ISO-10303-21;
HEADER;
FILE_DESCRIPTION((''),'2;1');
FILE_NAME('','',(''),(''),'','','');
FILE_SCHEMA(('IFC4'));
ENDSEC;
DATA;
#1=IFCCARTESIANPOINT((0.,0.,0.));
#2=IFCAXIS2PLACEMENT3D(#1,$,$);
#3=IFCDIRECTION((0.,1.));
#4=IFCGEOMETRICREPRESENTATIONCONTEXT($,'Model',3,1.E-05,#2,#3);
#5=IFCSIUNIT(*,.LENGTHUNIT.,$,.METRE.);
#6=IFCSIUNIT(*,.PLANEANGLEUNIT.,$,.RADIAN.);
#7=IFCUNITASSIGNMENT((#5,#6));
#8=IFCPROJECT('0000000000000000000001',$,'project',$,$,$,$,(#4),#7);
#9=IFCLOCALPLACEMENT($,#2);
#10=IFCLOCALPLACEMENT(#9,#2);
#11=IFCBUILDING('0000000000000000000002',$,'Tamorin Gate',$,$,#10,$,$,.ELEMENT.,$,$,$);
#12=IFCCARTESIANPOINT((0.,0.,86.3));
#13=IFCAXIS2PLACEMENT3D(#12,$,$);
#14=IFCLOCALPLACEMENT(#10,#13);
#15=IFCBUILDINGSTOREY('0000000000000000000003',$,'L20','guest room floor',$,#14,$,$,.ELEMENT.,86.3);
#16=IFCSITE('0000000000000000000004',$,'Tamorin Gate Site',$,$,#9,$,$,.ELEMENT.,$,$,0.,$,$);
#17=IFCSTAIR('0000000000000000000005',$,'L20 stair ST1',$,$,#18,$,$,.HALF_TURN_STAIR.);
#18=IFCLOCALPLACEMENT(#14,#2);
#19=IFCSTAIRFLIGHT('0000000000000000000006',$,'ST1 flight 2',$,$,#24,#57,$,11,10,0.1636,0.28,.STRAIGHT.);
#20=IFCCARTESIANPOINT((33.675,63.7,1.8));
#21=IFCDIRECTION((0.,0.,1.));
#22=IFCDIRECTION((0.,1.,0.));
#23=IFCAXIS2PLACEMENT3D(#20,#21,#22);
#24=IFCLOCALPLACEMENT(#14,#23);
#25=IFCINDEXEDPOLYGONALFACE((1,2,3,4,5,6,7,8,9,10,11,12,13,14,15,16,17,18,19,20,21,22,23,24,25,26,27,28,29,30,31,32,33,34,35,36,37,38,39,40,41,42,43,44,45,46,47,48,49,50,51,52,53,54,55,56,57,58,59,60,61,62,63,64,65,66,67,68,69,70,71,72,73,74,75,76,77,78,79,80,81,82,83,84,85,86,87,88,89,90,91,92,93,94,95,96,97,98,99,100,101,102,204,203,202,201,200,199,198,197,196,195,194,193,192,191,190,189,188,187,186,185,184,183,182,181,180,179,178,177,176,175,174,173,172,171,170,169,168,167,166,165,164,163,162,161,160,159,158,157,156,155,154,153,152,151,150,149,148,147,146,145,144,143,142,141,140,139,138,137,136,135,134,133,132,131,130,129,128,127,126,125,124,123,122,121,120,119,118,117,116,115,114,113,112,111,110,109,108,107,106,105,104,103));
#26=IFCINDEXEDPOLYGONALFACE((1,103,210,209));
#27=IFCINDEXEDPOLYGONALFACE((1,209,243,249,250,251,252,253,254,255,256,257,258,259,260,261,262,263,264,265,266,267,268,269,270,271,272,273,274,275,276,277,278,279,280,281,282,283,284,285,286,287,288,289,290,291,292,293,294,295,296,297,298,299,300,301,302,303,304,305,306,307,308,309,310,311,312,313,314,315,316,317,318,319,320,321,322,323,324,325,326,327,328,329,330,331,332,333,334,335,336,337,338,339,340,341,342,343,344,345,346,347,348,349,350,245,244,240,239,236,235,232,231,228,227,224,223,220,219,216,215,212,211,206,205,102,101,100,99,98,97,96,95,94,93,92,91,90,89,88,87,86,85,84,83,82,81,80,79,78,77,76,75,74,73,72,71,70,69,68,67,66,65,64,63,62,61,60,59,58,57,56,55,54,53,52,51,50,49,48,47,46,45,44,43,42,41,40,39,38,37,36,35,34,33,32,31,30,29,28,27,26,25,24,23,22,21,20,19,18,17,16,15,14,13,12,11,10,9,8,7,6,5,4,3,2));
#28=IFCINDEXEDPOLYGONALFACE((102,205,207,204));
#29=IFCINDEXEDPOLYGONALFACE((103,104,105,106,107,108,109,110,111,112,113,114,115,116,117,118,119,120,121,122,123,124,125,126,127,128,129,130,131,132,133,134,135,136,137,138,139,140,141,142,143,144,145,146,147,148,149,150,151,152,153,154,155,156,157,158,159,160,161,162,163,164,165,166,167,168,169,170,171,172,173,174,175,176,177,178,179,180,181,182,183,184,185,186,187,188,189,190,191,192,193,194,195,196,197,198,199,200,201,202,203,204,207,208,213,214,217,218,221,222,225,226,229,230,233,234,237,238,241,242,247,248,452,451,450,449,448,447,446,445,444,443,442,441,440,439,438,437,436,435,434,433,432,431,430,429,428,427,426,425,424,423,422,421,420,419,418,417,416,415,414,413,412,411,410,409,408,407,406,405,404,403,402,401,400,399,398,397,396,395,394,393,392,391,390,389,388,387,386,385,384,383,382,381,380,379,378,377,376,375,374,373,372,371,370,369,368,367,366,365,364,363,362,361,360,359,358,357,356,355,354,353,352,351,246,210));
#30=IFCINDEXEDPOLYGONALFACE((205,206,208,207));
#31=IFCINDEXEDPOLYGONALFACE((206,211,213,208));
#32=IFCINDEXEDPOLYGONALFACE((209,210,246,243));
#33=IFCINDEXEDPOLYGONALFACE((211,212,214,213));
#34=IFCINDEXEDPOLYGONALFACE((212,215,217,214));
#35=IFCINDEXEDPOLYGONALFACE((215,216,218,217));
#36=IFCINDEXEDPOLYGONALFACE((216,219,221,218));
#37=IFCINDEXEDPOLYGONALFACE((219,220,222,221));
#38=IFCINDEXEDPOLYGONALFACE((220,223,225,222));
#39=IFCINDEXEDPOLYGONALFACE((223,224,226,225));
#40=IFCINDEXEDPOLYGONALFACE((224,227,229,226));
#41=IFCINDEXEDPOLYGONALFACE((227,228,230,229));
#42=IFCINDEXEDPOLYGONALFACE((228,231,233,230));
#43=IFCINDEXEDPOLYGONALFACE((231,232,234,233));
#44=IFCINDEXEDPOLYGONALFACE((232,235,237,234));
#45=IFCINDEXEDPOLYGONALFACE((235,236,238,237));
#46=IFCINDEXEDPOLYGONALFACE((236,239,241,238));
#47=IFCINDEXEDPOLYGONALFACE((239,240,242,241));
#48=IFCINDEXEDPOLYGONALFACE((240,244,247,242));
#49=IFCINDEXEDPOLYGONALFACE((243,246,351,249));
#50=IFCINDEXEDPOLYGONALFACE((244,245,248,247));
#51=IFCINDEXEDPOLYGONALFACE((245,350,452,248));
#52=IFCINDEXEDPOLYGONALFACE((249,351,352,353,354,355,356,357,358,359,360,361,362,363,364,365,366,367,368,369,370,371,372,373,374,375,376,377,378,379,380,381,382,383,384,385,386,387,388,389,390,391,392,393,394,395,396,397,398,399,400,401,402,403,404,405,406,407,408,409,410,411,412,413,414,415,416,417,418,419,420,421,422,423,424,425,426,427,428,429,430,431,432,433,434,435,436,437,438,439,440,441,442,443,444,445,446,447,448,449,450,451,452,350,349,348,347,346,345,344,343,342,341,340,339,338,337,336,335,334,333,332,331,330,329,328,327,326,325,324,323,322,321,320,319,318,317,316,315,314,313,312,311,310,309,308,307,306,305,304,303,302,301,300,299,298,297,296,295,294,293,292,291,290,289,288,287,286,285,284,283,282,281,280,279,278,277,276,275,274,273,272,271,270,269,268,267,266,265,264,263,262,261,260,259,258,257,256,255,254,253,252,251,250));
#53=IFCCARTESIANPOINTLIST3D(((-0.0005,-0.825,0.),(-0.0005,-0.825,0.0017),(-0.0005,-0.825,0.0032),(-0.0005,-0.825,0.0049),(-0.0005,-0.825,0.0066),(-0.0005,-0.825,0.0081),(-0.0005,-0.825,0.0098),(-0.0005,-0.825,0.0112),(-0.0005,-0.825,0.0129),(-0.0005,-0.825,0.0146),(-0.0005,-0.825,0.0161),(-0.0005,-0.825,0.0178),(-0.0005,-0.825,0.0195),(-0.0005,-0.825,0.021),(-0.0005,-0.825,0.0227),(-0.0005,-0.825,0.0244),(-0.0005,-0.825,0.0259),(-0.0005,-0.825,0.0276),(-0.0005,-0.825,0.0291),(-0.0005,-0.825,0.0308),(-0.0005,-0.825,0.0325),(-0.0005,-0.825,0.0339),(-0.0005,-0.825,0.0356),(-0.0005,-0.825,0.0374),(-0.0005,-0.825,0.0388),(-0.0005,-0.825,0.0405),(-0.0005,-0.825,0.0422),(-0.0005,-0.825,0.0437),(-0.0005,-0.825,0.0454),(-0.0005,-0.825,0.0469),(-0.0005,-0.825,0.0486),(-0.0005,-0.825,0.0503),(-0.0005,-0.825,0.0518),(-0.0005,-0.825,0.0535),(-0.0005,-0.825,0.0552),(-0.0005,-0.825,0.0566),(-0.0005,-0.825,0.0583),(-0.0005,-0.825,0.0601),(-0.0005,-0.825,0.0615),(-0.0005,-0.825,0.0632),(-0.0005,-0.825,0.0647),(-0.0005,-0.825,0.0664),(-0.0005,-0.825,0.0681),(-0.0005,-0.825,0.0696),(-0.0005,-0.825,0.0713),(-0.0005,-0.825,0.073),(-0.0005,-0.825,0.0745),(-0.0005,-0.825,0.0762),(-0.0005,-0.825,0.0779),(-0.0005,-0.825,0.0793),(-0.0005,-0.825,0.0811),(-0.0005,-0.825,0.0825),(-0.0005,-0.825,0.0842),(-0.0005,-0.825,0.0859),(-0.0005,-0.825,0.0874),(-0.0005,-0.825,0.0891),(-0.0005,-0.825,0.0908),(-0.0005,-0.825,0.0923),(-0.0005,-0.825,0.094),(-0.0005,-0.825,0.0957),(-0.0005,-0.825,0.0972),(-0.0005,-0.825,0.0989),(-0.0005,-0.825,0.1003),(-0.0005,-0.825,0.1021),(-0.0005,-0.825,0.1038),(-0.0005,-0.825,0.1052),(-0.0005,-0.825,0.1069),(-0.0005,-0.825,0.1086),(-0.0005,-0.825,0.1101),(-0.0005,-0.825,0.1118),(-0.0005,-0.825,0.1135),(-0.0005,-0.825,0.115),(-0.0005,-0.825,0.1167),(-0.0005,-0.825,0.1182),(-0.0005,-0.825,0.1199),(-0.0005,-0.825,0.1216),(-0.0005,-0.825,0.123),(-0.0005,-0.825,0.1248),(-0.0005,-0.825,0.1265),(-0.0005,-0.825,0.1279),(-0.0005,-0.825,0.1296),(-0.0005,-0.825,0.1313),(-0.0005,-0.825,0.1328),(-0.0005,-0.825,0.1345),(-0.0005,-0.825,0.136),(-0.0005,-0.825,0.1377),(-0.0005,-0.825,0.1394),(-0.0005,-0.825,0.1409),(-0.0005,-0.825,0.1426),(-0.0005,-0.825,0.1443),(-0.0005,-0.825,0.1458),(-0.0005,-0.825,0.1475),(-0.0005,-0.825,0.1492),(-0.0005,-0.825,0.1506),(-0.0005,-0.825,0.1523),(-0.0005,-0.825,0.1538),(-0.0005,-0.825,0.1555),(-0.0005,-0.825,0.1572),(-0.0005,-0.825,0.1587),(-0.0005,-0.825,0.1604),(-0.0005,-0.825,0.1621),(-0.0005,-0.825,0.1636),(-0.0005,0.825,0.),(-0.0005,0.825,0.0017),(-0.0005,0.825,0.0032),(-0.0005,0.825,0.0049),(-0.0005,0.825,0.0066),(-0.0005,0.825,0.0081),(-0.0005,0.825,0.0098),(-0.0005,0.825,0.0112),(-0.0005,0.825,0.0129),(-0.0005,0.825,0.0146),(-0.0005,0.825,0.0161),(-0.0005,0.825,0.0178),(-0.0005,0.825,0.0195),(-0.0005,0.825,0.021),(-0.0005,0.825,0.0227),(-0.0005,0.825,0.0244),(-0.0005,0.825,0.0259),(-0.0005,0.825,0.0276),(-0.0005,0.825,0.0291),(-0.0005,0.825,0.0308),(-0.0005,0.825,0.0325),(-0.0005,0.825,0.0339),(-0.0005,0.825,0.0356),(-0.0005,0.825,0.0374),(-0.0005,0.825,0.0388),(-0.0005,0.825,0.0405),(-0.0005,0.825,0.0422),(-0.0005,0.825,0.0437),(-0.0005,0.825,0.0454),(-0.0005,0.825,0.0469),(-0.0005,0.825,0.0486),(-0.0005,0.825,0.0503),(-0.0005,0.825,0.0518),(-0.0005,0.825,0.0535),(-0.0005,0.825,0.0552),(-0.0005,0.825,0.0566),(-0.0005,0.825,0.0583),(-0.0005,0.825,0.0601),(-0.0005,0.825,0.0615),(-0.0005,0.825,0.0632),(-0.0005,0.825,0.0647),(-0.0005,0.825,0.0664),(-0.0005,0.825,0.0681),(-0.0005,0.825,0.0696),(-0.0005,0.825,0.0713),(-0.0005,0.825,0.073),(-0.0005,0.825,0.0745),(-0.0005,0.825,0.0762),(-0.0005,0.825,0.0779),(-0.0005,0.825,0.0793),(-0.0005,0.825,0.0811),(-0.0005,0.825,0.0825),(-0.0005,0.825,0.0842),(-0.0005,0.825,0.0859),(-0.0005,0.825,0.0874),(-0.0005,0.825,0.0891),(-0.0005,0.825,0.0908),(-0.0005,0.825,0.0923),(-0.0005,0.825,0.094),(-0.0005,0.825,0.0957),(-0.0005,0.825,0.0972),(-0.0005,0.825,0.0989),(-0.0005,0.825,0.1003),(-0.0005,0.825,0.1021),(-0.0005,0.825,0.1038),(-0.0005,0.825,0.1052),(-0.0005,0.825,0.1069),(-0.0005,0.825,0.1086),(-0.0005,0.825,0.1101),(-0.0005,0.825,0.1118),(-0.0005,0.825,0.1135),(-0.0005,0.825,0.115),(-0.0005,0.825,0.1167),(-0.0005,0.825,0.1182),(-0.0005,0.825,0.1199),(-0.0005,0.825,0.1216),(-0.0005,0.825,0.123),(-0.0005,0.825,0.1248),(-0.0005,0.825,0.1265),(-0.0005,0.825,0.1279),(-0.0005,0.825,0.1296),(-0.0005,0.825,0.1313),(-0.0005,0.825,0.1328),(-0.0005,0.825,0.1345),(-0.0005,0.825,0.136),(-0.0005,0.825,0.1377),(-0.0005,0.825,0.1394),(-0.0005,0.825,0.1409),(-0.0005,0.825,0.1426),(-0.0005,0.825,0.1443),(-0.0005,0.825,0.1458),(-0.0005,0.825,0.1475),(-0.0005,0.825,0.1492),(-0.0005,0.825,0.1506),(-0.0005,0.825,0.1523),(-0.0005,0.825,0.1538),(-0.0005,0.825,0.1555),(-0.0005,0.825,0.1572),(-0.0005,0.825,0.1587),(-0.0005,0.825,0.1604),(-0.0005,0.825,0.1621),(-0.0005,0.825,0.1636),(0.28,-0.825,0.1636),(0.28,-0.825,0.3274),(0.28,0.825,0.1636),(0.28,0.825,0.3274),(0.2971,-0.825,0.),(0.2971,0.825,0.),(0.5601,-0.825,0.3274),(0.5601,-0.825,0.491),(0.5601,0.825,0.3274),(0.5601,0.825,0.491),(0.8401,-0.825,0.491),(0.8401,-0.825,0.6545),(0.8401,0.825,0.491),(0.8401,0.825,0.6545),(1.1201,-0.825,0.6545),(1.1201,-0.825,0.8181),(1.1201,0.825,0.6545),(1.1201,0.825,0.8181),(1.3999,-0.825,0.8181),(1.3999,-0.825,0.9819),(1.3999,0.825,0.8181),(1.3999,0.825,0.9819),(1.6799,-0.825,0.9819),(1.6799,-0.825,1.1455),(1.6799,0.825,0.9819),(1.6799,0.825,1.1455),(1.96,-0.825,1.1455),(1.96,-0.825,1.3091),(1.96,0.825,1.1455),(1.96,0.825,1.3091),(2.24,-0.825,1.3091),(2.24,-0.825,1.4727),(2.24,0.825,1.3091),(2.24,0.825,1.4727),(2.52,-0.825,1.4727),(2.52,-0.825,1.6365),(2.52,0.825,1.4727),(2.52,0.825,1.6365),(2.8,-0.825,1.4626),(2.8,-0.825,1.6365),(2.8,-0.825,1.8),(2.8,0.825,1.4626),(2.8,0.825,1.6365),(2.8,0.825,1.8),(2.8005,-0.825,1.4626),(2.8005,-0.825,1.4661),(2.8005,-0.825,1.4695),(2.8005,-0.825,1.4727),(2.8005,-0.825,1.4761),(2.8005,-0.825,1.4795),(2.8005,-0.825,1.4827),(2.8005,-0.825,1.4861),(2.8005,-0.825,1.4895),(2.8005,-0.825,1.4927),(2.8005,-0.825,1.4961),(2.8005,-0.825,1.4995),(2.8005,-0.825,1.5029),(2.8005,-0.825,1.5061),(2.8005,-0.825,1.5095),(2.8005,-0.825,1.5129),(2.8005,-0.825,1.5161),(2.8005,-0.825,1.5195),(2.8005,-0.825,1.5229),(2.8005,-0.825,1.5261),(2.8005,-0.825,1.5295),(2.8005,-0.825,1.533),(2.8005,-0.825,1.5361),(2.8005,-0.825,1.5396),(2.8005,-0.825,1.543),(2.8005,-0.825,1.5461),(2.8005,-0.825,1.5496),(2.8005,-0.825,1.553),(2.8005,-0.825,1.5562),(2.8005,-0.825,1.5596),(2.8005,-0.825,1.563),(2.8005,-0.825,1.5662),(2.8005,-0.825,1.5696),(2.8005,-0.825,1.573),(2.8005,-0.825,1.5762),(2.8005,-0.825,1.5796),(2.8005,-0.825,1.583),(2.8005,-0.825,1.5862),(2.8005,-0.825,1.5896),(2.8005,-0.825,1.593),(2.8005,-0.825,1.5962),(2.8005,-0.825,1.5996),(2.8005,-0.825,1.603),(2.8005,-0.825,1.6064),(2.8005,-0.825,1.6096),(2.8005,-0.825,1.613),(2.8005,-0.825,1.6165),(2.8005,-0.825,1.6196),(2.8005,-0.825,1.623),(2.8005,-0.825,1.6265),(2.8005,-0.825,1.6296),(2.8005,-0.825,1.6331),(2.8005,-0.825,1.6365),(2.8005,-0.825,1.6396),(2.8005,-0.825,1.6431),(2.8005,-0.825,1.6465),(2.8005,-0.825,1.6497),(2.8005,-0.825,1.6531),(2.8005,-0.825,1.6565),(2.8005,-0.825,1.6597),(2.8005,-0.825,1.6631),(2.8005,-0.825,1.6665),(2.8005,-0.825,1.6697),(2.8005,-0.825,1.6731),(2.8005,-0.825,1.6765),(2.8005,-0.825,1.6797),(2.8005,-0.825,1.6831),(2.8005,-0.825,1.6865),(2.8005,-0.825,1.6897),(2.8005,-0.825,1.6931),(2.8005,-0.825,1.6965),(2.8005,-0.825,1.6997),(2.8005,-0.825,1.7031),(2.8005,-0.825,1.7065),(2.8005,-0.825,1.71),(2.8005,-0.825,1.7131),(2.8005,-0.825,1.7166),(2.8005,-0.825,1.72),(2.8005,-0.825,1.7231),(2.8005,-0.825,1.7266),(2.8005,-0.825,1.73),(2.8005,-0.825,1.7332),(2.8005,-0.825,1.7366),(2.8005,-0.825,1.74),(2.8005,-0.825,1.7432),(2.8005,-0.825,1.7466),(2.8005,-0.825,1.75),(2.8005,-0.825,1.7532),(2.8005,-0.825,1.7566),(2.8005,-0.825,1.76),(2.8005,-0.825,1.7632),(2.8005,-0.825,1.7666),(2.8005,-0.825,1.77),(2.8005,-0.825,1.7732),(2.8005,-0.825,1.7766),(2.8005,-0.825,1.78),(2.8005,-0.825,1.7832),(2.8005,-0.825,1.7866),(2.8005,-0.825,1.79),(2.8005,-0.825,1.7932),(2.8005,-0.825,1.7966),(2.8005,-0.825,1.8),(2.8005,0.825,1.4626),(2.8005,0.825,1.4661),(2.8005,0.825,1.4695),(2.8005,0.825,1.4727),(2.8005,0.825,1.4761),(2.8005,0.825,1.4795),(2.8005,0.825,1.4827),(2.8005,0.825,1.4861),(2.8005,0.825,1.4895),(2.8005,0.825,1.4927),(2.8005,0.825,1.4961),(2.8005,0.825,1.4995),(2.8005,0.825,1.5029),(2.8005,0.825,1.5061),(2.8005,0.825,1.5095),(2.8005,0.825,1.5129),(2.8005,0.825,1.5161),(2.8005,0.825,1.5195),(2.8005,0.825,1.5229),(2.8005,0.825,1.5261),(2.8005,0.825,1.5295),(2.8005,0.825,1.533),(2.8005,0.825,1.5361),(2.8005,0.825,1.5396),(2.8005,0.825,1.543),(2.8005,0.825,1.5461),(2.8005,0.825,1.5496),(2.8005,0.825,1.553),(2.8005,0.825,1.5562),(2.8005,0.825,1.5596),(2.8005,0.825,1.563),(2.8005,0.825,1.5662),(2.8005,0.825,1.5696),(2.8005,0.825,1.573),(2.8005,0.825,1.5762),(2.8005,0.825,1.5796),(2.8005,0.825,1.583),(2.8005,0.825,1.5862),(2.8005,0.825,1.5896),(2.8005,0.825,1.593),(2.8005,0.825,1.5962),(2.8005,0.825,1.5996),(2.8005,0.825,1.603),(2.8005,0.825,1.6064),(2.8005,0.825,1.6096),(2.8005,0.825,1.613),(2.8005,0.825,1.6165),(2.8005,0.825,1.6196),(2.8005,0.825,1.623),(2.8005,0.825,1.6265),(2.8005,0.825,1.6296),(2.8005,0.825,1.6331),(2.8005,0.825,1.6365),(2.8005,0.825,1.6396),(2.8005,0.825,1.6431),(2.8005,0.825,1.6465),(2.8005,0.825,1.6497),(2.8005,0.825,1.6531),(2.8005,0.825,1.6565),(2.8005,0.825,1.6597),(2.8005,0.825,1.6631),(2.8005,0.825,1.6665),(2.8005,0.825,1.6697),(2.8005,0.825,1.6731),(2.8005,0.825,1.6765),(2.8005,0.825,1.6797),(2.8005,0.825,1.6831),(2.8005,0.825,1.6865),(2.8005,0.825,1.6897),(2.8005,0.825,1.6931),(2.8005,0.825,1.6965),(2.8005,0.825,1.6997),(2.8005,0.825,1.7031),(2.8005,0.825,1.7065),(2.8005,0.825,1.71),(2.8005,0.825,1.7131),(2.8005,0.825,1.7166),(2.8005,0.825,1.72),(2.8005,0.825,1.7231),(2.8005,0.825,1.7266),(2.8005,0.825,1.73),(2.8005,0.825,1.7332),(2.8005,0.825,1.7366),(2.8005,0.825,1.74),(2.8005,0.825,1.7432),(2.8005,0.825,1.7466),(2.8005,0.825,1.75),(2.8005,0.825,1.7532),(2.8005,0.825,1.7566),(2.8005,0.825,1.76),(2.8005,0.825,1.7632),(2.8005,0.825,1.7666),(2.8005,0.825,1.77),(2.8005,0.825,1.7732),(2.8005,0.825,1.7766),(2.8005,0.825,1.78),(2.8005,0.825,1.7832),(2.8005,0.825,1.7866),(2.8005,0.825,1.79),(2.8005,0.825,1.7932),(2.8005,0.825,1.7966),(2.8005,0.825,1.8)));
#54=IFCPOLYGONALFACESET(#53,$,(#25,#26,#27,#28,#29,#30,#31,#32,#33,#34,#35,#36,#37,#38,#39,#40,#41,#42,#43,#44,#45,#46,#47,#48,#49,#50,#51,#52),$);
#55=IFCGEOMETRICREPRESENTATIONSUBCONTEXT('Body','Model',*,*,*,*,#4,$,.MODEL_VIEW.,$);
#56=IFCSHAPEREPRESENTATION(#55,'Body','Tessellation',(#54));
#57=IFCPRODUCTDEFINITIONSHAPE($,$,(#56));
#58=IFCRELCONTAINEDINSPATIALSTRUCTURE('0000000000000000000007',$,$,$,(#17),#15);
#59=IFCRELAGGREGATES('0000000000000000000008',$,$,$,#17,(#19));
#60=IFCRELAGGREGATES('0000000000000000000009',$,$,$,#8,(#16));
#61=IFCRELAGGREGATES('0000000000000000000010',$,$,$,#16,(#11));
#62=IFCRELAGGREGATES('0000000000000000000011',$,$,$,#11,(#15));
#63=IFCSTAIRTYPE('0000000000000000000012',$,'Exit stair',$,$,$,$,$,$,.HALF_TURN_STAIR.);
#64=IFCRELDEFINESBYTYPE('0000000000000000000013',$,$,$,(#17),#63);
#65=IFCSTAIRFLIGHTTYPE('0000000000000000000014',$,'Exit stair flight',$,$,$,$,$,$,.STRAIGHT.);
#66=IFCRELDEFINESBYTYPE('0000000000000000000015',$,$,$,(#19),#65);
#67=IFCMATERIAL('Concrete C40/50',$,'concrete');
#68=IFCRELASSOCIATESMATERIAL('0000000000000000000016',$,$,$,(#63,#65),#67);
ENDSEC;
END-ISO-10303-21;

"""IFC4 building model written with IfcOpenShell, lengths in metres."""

from ifc_helpers import new_model, si_unit, direction, frame, origin, place, context, subcontext, project, spatial, polyline, outline, extrude, material, type_object, element, aggregate, save


model = new_model("IFC4")

# Units and contexts
model_context = context("Model", 3, precision=1e-05, world=origin(), true_north=direction((0.0, 1.0)))
body_context = subcontext(model_context, "Body", "Model", "MODEL_VIEW")
ifc_project = project(units=[si_unit("LENGTHUNIT", "METRE"), si_unit("PLANEANGLEUNIT", "RADIAN")], contexts=[model_context])

# Site, building, storey
site_placement = place(None, origin())
site = spatial("IfcSite", under=ifc_project, at=site_placement, Name="Tamorin Gate Site", CompositionType="ELEMENT", RefElevation=0.0)
building_placement = place(site_placement, origin())
building = spatial("IfcBuilding", under=site, at=building_placement, Name="Tamorin Gate", CompositionType="ELEMENT")
storey_placement = place(building_placement, frame((0.0, 0.0, 86.3)))
storey = spatial("IfcBuildingStorey", under=building, at=storey_placement, Name="L20", Description="guest room floor", CompositionType="ELEMENT", Elevation=86.3)

# Shared definitions
ifc_material_1 = material(Name="Concrete C40/50", Category="concrete")

# Stair, stair flight
stair_type = type_object("IfcStairType", Name="Exit stair", PredefinedType="HALF_TURN_STAIR", material=ifc_material_1)
stair_placement = place(storey_placement, origin())
stair = element("IfcStair", 1, at=stair_placement, inside=storey, type_object=stair_type, Name="L20 stair ST1", PredefinedType="HALF_TURN_STAIR")
stair_flight_type = type_object("IfcStairFlightType", Name="Exit stair flight", PredefinedType="STRAIGHT", material=ifc_material_1)
stair_flight_1_placement = place(storey_placement, frame((33.675, 63.7, 1.8), z_axis=(0.0, 0.0, 1.0), x_axis=(0.0, 1.0, 0.0)))
stair_flight_1 = element("IfcStairFlight", 2, at=stair_flight_1_placement, type_object=stair_flight_type, Name="ST1 flight 2", NumberOfRisers=11, NumberOfTreads=10, PredefinedType="STRAIGHT", RiserHeight=0.1636, TreadLength=0.28, context=body_context, shape_type="SweptSolid", body=[
    extrude(outline(polyline([(-0.0005, 0.0), (-0.0005, 0.0017), (-0.0005, 0.0032), (-0.0005, 0.0049), (-0.0005, 0.0066), (-0.0005, 0.0081), (-0.0005, 0.0098), (-0.0005, 0.0112), (-0.0005, 0.0129), (-0.0005, 0.0146), (-0.0005, 0.0161), (-0.0005, 0.0178), (-0.0005, 0.0195), (-0.0005, 0.021), (-0.0005, 0.0227), (-0.0005, 0.0244), (-0.0005, 0.0259), (-0.0005, 0.0276), (-0.0005, 0.0291), (-0.0005, 0.0308), (-0.0005, 0.0325), (-0.0005, 0.0339), (-0.0005, 0.0356), (-0.0005, 0.0374), (-0.0005, 0.0388), (-0.0005, 0.0405), (-0.0005, 0.0422), (-0.0005, 0.0437), (-0.0005, 0.0454), (-0.0005, 0.0469), (-0.0005, 0.0486), (-0.0005, 0.0503), (-0.0005, 0.0518), (-0.0005, 0.0535), (-0.0005, 0.0552), (-0.0005, 0.0566), (-0.0005, 0.0583), (-0.0005, 0.0601), (-0.0005, 0.0615), (-0.0005, 0.0632), (-0.0005, 0.0647), (-0.0005, 0.0664), (-0.0005, 0.0681), (-0.0005, 0.0696), (-0.0005, 0.0713), (-0.0005, 0.073), (-0.0005, 0.0745), (-0.0005, 0.0762), (-0.0005, 0.0779), (-0.0005, 0.0793), (-0.0005, 0.0811), (-0.0005, 0.0825), (-0.0005, 0.0842), (-0.0005, 0.0859), (-0.0005, 0.0874), (-0.0005, 0.0891), (-0.0005, 0.0908), (-0.0005, 0.0923), (-0.0005, 0.094), (-0.0005, 0.0957), (-0.0005, 0.0972), (-0.0005, 0.0989), (-0.0005, 0.1003), (-0.0005, 0.1021), (-0.0005, 0.1038), (-0.0005, 0.1052), (-0.0005, 0.1069), (-0.0005, 0.1086), (-0.0005, 0.1101), (-0.0005, 0.1118), (-0.0005, 0.1135), (-0.0005, 0.115), (-0.0005, 0.1167), (-0.0005, 0.1182), (-0.0005, 0.1199), (-0.0005, 0.1216), (-0.0005, 0.123), (-0.0005, 0.1248), (-0.0005, 0.1265), (-0.0005, 0.1279), (-0.0005, 0.1296), (-0.0005, 0.1313), (-0.0005, 0.1328), (-0.0005, 0.1345), (-0.0005, 0.136), (-0.0005, 0.1377), (-0.0005, 0.1394), (-0.0005, 0.1409), (-0.0005, 0.1426), (-0.0005, 0.1443), (-0.0005, 0.1458), (-0.0005, 0.1475), (-0.0005, 0.1492), (-0.0005, 0.1506), (-0.0005, 0.1523), (-0.0005, 0.1538), (-0.0005, 0.1555), (-0.0005, 0.1572), (-0.0005, 0.1587), (-0.0005, 0.1604), (-0.0005, 0.1621), (-0.0005, 0.1636), (0.28, 0.1636), (0.28, 0.3274), (0.5601, 0.3274), (0.5601, 0.491), (0.8401, 0.491), (0.8401, 0.6545), (1.1201, 0.6545), (1.1201, 0.8181), (1.3999, 0.8181), (1.3999, 0.9819), (1.6799, 0.9819), (1.6799, 1.1455), (1.96, 1.1455), (1.96, 1.3091), (2.24, 1.3091), (2.24, 1.4727), (2.52, 1.4727), (2.52, 1.6365), (2.8, 1.6365), (2.8, 1.8), (2.8005, 1.8), (2.8005, 1.7966), (2.8005, 1.7932), (2.8005, 1.79), (2.8005, 1.7866), (2.8005, 1.7832), (2.8005, 1.78), (2.8005, 1.7766), (2.8005, 1.7732), (2.8005, 1.77), (2.8005, 1.7666), (2.8005, 1.7632), (2.8005, 1.76), (2.8005, 1.7566), (2.8005, 1.7532), (2.8005, 1.75), (2.8005, 1.7466), (2.8005, 1.7432), (2.8005, 1.74), (2.8005, 1.7366), (2.8005, 1.7332), (2.8005, 1.73), (2.8005, 1.7266), (2.8005, 1.7231), (2.8005, 1.72), (2.8005, 1.7166), (2.8005, 1.7131), (2.8005, 1.71), (2.8005, 1.7065), (2.8005, 1.7031), (2.8005, 1.6997), (2.8005, 1.6965), (2.8005, 1.6931), (2.8005, 1.6897), (2.8005, 1.6865), (2.8005, 1.6831), (2.8005, 1.6797), (2.8005, 1.6765), (2.8005, 1.6731), (2.8005, 1.6697), (2.8005, 1.6665), (2.8005, 1.6631), (2.8005, 1.6597), (2.8005, 1.6565), (2.8005, 1.6531), (2.8005, 1.6497), (2.8005, 1.6465), (2.8005, 1.6431), (2.8005, 1.6396), (2.8005, 1.6365), (2.8005, 1.6331), (2.8005, 1.6296), (2.8005, 1.6265), (2.8005, 1.623), (2.8005, 1.6196), (2.8005, 1.6165), (2.8005, 1.613), (2.8005, 1.6096), (2.8005, 1.6064), (2.8005, 1.603), (2.8005, 1.5996), (2.8005, 1.5962), (2.8005, 1.593), (2.8005, 1.5896), (2.8005, 1.5862), (2.8005, 1.583), (2.8005, 1.5796), (2.8005, 1.5762), (2.8005, 1.573), (2.8005, 1.5696), (2.8005, 1.5662), (2.8005, 1.563), (2.8005, 1.5596), (2.8005, 1.5562), (2.8005, 1.553), (2.8005, 1.5496), (2.8005, 1.5461), (2.8005, 1.543), (2.8005, 1.5396), (2.8005, 1.5361), (2.8005, 1.533), (2.8005, 1.5295), (2.8005, 1.5261), (2.8005, 1.5229), (2.8005, 1.5195), (2.8005, 1.5161), (2.8005, 1.5129), (2.8005, 1.5095), (2.8005, 1.5061), (2.8005, 1.5029), (2.8005, 1.4995), (2.8005, 1.4961), (2.8005, 1.4927), (2.8005, 1.4895), (2.8005, 1.4861), (2.8005, 1.4827), (2.8005, 1.4795), (2.8005, 1.4761), (2.8005, 1.4727), (2.8005, 1.4695), (2.8005, 1.4661), (2.8005, 1.4626), (2.8, 1.4626), (0.2971, 0.0), (-0.0005, 0.0)])), frame((0.0, 0.825, 0.0), z_axis=(0.0, -1.0, 0.0), x_axis=(1.0, 0.0, 0.0)), (0.0, 0.0, 1.0), 1.6499),
])
aggregate(stair, [stair_flight_1])

save(model, "model.ifc")
